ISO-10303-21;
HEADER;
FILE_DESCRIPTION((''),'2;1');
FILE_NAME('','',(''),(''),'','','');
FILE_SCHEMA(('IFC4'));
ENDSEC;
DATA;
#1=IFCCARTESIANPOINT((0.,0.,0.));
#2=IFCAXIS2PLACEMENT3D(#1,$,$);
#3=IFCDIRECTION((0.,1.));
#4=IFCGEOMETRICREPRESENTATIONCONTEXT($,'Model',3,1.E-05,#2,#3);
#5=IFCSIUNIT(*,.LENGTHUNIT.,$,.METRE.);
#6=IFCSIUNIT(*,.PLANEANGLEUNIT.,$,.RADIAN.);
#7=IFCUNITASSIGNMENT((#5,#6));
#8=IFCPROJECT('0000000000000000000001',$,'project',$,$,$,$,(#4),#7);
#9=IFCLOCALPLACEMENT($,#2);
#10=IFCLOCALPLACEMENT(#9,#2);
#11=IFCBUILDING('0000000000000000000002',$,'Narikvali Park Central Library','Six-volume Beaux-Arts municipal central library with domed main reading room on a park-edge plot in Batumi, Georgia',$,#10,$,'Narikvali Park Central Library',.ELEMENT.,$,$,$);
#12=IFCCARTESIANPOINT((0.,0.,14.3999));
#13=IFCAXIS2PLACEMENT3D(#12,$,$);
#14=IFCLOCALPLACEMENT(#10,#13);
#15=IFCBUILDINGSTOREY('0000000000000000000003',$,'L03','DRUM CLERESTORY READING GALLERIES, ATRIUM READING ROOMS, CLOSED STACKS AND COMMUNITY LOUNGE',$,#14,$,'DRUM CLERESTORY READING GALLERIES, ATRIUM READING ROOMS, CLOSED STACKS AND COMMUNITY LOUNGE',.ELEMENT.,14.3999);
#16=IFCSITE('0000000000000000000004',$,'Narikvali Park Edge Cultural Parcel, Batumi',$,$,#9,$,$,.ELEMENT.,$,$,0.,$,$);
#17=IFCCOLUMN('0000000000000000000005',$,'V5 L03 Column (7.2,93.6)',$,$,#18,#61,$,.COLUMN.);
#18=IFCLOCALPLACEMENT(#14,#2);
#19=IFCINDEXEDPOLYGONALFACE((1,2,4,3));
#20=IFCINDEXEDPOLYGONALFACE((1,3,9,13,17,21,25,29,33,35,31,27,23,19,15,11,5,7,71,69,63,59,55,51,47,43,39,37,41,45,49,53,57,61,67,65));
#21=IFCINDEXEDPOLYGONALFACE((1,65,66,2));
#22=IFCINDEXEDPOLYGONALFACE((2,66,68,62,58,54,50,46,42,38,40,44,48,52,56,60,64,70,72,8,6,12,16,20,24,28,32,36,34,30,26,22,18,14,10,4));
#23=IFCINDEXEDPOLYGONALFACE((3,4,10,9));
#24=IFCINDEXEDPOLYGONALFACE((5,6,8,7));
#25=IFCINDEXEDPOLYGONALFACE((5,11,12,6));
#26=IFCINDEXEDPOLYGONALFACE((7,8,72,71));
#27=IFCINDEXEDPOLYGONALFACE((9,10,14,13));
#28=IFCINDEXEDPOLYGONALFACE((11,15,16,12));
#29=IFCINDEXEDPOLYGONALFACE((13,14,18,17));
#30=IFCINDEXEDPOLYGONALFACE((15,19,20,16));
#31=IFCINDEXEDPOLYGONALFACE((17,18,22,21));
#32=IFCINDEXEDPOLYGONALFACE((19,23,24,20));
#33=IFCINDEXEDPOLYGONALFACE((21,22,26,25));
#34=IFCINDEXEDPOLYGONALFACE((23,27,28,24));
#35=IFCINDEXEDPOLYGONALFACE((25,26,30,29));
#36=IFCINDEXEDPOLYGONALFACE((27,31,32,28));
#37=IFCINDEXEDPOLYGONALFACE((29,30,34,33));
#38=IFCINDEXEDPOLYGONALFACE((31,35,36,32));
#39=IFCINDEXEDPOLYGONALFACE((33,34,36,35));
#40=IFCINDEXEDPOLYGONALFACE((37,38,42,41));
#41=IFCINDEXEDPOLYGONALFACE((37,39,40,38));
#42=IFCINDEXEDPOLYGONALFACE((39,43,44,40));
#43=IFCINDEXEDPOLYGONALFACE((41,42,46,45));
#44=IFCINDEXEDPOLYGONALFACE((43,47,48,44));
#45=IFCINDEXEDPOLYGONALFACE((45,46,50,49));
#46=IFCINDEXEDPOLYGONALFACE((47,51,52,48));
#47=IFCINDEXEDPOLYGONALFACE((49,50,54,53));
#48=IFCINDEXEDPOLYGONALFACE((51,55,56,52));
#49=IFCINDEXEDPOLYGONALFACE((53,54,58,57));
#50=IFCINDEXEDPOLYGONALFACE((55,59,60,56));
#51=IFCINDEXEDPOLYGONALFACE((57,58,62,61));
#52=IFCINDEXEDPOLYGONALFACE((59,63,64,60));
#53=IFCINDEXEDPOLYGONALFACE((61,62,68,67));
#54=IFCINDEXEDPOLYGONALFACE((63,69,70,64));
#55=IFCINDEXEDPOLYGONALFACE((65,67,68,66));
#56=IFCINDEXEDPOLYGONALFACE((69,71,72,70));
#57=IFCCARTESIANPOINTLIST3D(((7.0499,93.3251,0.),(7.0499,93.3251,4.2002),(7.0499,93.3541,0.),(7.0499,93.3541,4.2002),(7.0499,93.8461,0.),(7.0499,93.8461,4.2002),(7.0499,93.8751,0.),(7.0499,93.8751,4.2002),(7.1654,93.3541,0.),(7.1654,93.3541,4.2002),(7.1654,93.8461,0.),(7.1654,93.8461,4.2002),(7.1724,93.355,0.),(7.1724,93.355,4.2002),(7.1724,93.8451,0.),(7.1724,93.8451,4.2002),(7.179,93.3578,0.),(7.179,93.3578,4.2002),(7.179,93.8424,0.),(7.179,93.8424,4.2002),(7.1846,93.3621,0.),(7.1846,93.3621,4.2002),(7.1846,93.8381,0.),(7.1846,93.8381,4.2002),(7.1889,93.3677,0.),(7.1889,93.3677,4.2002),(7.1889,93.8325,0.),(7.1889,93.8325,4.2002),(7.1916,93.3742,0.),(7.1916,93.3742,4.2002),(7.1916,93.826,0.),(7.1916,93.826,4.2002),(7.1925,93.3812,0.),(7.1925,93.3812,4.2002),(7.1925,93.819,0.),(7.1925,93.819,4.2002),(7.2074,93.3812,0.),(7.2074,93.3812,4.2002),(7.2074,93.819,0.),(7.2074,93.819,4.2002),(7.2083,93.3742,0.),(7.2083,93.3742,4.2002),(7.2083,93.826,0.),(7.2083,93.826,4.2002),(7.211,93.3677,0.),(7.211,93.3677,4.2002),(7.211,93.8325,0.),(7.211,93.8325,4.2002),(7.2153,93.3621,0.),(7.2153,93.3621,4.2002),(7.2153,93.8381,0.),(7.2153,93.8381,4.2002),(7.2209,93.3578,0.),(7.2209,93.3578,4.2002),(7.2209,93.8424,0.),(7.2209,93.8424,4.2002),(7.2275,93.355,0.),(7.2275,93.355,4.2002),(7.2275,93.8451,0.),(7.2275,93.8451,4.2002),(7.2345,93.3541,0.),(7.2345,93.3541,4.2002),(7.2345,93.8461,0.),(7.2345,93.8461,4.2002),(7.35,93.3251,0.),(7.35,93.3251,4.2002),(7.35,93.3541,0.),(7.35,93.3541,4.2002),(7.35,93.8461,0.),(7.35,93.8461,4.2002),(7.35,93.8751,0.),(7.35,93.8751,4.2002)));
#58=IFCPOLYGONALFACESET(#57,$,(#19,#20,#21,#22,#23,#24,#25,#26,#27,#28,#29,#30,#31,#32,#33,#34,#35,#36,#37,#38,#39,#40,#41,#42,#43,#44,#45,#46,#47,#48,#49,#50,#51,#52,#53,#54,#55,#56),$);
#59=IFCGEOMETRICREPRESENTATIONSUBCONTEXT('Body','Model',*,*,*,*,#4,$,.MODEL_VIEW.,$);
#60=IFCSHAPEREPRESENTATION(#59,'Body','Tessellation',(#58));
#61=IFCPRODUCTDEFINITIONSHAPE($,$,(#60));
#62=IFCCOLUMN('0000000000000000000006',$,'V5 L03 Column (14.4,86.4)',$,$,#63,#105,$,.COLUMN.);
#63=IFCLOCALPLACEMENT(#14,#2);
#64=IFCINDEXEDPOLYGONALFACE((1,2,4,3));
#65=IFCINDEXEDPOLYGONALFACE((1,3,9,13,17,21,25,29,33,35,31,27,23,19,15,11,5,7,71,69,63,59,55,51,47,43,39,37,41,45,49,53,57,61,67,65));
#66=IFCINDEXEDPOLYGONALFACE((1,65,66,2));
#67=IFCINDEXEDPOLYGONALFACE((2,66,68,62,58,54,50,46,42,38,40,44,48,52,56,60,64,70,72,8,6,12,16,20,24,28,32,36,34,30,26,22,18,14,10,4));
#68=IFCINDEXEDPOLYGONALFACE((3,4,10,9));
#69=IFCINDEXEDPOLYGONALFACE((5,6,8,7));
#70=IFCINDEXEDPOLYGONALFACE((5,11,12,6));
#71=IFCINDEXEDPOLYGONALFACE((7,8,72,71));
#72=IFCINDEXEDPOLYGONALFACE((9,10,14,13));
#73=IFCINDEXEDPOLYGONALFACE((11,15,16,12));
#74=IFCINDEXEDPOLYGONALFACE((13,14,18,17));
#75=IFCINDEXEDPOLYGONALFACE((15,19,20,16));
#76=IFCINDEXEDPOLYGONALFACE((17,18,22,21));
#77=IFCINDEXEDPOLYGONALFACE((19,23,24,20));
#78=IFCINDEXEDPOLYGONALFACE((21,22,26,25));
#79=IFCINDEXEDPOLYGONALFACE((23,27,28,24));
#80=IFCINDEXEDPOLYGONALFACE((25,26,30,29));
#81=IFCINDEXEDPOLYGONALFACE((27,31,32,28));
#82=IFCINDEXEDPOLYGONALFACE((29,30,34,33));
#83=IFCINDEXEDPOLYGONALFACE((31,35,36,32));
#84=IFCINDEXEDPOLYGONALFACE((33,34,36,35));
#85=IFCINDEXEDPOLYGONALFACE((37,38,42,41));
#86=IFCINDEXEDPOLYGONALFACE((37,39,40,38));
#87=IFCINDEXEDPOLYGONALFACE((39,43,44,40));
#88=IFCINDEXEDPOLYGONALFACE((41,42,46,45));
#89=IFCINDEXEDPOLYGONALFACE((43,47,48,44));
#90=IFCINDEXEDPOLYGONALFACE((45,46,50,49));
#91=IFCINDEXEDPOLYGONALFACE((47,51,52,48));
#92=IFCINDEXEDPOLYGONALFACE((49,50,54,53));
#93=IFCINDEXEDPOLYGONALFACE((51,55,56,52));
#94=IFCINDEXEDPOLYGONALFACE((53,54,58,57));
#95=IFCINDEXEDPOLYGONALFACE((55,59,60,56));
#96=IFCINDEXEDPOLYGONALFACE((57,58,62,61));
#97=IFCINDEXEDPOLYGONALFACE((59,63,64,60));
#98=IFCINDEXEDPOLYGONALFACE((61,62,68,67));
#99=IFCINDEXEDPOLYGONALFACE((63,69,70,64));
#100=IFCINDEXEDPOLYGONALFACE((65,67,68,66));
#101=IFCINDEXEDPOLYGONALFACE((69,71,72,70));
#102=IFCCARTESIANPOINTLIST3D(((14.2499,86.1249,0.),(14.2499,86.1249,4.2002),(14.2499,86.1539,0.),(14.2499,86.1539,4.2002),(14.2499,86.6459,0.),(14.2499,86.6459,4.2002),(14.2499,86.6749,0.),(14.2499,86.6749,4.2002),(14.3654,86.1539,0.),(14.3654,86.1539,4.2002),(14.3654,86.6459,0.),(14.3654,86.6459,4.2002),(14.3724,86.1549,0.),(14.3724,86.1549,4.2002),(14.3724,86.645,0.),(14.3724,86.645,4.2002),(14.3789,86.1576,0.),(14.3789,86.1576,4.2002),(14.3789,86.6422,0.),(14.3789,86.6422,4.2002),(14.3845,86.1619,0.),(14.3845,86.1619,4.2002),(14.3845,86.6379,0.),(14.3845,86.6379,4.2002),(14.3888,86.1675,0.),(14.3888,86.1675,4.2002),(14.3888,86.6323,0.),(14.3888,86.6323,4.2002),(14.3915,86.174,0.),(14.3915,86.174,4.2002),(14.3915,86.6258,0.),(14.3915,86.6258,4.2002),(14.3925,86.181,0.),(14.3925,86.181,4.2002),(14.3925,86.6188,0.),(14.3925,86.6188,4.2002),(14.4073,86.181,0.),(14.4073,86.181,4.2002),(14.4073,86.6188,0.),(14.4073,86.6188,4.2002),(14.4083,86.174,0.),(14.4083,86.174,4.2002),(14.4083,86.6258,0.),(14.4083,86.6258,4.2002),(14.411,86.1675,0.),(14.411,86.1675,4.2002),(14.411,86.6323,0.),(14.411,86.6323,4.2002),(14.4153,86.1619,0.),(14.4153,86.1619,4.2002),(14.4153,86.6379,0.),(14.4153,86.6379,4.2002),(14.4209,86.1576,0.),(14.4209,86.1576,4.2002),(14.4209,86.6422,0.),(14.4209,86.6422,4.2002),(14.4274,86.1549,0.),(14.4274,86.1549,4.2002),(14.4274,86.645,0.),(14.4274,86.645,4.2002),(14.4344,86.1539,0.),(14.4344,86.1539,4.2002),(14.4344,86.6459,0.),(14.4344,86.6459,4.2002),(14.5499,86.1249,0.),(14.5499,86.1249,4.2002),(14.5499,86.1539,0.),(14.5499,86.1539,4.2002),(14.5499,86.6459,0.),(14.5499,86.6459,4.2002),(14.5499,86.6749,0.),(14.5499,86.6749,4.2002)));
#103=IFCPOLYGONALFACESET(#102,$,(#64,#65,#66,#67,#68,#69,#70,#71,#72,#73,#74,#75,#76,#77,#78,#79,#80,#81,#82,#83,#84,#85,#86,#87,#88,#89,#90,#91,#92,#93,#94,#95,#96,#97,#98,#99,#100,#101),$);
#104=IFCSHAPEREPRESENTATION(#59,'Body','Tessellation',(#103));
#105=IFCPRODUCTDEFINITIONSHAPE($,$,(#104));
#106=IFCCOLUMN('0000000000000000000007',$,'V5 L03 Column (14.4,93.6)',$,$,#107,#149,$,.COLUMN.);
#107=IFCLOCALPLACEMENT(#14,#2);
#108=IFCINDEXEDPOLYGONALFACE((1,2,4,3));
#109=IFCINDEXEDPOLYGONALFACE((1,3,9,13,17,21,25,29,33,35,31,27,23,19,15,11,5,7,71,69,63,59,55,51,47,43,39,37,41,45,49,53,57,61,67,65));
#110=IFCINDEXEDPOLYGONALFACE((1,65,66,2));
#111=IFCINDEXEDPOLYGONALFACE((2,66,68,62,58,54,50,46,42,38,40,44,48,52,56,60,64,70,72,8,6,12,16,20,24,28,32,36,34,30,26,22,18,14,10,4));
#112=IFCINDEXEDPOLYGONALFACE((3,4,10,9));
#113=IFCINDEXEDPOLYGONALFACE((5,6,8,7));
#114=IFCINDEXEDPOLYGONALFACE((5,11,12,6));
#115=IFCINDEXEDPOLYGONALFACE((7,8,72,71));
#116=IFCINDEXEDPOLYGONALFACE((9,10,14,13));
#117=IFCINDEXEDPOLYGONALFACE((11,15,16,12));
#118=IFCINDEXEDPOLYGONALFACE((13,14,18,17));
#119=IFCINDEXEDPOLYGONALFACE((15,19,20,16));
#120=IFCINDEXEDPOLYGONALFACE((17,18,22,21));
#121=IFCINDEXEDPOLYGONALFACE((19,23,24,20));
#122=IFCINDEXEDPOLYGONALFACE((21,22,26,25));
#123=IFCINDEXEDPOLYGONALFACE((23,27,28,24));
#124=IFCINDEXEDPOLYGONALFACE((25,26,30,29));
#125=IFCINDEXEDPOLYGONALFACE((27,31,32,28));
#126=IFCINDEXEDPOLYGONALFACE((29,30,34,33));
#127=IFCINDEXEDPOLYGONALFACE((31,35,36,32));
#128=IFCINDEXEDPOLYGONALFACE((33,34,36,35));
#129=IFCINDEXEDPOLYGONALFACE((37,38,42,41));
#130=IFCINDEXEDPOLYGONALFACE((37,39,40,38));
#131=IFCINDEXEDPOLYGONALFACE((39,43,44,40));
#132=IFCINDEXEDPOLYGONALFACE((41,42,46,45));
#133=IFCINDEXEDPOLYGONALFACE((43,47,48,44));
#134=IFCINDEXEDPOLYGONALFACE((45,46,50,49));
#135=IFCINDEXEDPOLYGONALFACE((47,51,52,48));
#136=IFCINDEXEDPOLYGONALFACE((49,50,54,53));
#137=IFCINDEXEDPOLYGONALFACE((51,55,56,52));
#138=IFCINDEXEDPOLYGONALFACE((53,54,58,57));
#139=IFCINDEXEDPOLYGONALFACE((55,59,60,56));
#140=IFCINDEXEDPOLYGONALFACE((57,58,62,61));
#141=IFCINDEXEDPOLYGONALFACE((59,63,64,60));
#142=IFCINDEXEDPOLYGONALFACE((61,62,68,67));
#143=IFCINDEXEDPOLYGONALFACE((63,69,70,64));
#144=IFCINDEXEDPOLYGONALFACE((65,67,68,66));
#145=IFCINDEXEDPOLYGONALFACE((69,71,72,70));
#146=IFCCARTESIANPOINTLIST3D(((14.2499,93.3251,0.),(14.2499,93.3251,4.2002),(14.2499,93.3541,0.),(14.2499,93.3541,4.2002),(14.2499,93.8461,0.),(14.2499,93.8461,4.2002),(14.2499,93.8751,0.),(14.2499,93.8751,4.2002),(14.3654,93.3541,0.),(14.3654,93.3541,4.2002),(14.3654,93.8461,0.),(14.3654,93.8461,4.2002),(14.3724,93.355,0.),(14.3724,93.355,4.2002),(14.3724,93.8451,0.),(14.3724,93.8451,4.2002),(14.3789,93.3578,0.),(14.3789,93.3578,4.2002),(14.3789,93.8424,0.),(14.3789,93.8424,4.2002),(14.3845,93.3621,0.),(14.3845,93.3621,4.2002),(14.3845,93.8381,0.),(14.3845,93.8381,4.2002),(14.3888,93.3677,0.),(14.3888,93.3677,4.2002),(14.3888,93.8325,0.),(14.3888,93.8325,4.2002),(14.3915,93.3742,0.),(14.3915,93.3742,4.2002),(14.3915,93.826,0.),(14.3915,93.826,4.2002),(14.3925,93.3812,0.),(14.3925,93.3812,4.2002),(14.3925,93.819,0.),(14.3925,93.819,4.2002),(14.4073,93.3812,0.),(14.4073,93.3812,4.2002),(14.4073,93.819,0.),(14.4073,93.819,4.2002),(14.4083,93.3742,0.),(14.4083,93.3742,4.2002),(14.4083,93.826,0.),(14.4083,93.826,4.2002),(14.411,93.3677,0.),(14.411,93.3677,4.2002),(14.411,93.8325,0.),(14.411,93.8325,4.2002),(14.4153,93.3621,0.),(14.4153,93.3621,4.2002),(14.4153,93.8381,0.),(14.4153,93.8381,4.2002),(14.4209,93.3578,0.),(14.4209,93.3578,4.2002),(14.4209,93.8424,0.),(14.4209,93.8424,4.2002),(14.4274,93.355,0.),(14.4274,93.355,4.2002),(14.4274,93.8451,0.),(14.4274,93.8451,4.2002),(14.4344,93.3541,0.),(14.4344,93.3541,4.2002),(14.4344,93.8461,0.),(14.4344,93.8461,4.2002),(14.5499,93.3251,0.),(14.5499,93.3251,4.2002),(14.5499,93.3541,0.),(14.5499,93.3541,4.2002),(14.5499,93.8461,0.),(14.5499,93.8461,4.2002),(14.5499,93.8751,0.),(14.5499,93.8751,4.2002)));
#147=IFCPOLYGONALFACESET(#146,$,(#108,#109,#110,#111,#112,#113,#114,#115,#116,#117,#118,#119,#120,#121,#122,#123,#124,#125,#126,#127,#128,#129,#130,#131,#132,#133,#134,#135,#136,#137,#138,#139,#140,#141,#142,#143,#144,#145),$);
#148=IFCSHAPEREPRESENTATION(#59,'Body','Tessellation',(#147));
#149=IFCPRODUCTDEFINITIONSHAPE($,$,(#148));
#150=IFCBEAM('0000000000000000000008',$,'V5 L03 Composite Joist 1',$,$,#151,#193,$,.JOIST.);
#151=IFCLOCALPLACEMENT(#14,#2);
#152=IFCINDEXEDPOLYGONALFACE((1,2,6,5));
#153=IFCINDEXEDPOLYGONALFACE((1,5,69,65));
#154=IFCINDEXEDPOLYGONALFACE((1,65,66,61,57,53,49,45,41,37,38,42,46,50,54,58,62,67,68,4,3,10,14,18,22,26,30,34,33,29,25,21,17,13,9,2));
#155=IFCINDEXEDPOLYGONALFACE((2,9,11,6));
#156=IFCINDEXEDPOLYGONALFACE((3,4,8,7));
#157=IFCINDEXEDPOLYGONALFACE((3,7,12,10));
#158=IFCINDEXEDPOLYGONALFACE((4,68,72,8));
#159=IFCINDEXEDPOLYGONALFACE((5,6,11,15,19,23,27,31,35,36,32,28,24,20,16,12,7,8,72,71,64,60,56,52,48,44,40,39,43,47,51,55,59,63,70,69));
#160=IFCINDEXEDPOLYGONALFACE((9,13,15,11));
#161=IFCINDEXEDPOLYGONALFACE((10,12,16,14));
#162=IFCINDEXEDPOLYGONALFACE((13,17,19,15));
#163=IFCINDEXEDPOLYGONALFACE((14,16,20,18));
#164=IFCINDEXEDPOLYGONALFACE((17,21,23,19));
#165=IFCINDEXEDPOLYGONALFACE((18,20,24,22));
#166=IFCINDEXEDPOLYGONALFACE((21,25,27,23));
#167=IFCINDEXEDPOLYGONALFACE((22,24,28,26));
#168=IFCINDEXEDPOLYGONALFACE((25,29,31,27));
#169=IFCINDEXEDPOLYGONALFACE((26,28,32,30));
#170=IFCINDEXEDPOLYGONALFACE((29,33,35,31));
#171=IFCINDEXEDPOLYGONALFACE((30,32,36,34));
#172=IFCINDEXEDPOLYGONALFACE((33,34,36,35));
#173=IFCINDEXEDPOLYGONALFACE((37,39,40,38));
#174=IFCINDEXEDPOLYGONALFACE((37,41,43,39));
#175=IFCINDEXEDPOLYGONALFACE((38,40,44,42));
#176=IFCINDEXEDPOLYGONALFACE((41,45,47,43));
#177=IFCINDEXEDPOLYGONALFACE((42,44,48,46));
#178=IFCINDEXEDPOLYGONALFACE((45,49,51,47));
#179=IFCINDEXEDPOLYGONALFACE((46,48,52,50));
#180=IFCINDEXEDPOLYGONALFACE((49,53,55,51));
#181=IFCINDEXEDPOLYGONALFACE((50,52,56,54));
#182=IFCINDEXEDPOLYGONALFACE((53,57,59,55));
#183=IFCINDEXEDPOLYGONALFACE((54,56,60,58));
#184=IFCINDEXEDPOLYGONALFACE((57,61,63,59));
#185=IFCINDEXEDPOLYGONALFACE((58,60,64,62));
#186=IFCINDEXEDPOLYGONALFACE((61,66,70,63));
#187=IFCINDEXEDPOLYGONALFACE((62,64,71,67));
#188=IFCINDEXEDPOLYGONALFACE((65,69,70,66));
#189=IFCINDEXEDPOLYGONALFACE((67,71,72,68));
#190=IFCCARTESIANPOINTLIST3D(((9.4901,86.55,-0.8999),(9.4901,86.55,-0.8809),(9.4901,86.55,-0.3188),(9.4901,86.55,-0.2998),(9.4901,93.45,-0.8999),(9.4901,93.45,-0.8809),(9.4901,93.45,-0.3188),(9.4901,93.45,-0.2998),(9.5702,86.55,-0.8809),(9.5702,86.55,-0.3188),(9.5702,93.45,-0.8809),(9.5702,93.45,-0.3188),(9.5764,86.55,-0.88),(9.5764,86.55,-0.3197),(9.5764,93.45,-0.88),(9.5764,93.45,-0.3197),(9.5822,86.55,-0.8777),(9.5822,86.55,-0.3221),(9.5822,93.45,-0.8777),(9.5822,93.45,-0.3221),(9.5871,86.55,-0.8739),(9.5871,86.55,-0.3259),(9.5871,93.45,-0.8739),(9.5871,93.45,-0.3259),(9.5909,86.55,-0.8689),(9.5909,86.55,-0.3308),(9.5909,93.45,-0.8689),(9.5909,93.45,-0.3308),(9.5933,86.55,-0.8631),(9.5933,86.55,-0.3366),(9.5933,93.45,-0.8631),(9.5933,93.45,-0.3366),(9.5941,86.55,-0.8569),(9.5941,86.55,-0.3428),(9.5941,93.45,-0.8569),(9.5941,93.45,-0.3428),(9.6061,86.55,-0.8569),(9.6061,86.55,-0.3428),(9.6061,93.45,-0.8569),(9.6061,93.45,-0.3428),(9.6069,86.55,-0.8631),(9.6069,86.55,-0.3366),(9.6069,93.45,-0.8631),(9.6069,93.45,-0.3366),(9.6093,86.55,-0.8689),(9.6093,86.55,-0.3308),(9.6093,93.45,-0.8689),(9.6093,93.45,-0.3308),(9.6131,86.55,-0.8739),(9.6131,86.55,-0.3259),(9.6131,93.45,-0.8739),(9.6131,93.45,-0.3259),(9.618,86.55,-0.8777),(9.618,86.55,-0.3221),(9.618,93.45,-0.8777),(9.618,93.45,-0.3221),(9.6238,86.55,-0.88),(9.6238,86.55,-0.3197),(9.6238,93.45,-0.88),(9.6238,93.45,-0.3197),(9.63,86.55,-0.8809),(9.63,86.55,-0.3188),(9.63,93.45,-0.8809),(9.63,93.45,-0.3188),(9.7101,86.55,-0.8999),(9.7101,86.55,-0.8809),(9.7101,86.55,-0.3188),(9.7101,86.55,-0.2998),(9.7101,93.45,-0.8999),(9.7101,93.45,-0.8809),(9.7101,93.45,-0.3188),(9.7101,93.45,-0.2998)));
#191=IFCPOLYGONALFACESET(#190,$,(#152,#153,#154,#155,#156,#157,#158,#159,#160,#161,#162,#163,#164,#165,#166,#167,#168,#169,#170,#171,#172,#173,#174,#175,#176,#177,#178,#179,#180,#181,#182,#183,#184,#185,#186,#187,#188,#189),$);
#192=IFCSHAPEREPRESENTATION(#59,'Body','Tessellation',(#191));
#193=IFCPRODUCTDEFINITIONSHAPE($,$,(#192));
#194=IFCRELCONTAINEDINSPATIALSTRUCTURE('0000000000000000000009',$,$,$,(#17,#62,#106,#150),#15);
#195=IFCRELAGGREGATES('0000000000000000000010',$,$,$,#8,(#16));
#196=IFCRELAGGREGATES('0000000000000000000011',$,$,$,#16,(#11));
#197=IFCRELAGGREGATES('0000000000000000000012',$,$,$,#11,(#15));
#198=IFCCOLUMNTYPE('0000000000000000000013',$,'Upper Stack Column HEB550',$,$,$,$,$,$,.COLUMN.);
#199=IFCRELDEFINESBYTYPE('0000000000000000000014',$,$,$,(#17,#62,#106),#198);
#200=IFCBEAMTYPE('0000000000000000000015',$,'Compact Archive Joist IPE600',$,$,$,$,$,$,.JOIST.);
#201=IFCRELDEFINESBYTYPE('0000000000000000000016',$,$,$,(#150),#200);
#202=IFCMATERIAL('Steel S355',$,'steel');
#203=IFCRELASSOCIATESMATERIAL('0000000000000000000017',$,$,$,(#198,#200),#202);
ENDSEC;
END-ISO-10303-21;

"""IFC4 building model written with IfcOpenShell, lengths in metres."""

from ifc_helpers import new_model, si_unit, direction, frame, origin, origin_2d, place, context, subcontext, project, spatial, i_section, extrude, material, material_profile, profile_set, type_object, element, save


model = new_model("IFC4")

# Units and contexts
model_context = context("Model", 3, precision=1e-05, world=origin(), true_north=direction((0.0, 1.0)))
body_context = subcontext(model_context, "Body", "Model", "MODEL_VIEW")
ifc_project = project(units=[si_unit("LENGTHUNIT", "METRE"), si_unit("PLANEANGLEUNIT", "RADIAN")], contexts=[model_context])

# Site, building, storey
site_placement = place(None, origin())
site = spatial("IfcSite", under=ifc_project, at=site_placement, Name="Narikvali Park Edge Cultural Parcel, Batumi", CompositionType="ELEMENT", RefElevation=0.0)
building_placement = place(site_placement, origin())
building = spatial("IfcBuilding", under=site, at=building_placement, Name="Narikvali Park Central Library", Description="Six-volume Beaux-Arts municipal central library with domed main reading room on a park-edge plot in Batumi, Georgia", LongName="Narikvali Park Central Library", CompositionType="ELEMENT")
storey_placement = place(building_placement, frame((0.0, 0.0, 14.3999)))
storey = spatial("IfcBuildingStorey", under=building, at=storey_placement, Name="L03", Description="DRUM CLERESTORY READING GALLERIES, ATRIUM READING ROOMS, CLOSED STACKS AND COMMUNITY LOUNGE", LongName="DRUM CLERESTORY READING GALLERIES, ATRIUM READING ROOMS, CLOSED STACKS AND COMMUNITY LOUNGE", CompositionType="ELEMENT", Elevation=14.3999)

# Columns
ifc_material_1 = material(Name="Steel S355", Category="steel")
ifc_material_profile_1 = material_profile(ifc_material_1, i_section(OverallWidth=0.3, OverallDepth=0.55, WebThickness=0.0149, FlangeThickness=0.0291, FilletRadius=0.0271, at=origin_2d()), Name="HEB 550")
ifc_profile_set_1 = profile_set([ifc_material_profile_1], Name="Steel S355")
column_type = type_object("IfcColumnType", Name="Upper Stack Column HEB550", PredefinedType="COLUMN", material=ifc_profile_set_1)
for number, where, z_axis, x_axis, name in (
    (1, (7.2, 93.6001, 0.0), (0.0, 0.0, 1.0), (1.0, 0.0, 0.0), "V5 L03 Column (7.2,93.6)"),
    (2, (14.3999, 86.3999, 0.0), (0.0, 0.0, 1.0), (1.0, 0.0, 0.0), "V5 L03 Column (14.4,86.4)"),
    (3, (14.3999, 93.6001, 0.0), (0.0, 0.0, 1.0), (1.0, 0.0, 0.0), "V5 L03 Column (14.4,93.6)"),
):
    element("IfcColumn", number, at=place(storey_placement, frame(where, z_axis=z_axis, x_axis=x_axis)), inside=storey, type_object=column_type, Name=name, PredefinedType="COLUMN", context=body_context, shape_type="SweptSolid", body=[
        extrude(i_section(OverallWidth=0.3, OverallDepth=0.55, WebThickness=0.0149, FlangeThickness=0.0291, FilletRadius=0.0271, at=origin_2d()), origin(), (0.0, 0.0, 1.0), 4.2002),
    ])

# Beam
ifc_material_profile_2 = material_profile(ifc_material_1, i_section(OverallWidth=0.22, OverallDepth=0.6001, WebThickness=0.012, FlangeThickness=0.019, FilletRadius=0.0239, at=origin_2d()), Name="IPE 600")
ifc_profile_set_2 = profile_set([ifc_material_profile_2], Name="Steel S355")
beam_type_1 = type_object("IfcBeamType", Name="Compact Archive Joist IPE600", PredefinedType="JOIST", material=ifc_profile_set_2)
for number, where, z_axis, x_axis, name in (
    (4, (9.6001, 86.55, -0.5999), (0.0, 1.0, 0.0), (-1.0, 0.0, 0.0), "V5 L03 Composite Joist 1"),
):
    element("IfcBeam", number, at=place(storey_placement, frame(where, z_axis=z_axis, x_axis=x_axis)), inside=storey, type_object=beam_type_1, Name=name, PredefinedType="JOIST", context=body_context, shape_type="SweptSolid", body=[
        extrude(i_section(OverallWidth=0.22, OverallDepth=0.6001, WebThickness=0.012, FlangeThickness=0.019, FilletRadius=0.0239, at=origin_2d()), origin(), (0.0, 0.0, 1.0), 6.8999),
    ])

save(model, "model.ifc")
